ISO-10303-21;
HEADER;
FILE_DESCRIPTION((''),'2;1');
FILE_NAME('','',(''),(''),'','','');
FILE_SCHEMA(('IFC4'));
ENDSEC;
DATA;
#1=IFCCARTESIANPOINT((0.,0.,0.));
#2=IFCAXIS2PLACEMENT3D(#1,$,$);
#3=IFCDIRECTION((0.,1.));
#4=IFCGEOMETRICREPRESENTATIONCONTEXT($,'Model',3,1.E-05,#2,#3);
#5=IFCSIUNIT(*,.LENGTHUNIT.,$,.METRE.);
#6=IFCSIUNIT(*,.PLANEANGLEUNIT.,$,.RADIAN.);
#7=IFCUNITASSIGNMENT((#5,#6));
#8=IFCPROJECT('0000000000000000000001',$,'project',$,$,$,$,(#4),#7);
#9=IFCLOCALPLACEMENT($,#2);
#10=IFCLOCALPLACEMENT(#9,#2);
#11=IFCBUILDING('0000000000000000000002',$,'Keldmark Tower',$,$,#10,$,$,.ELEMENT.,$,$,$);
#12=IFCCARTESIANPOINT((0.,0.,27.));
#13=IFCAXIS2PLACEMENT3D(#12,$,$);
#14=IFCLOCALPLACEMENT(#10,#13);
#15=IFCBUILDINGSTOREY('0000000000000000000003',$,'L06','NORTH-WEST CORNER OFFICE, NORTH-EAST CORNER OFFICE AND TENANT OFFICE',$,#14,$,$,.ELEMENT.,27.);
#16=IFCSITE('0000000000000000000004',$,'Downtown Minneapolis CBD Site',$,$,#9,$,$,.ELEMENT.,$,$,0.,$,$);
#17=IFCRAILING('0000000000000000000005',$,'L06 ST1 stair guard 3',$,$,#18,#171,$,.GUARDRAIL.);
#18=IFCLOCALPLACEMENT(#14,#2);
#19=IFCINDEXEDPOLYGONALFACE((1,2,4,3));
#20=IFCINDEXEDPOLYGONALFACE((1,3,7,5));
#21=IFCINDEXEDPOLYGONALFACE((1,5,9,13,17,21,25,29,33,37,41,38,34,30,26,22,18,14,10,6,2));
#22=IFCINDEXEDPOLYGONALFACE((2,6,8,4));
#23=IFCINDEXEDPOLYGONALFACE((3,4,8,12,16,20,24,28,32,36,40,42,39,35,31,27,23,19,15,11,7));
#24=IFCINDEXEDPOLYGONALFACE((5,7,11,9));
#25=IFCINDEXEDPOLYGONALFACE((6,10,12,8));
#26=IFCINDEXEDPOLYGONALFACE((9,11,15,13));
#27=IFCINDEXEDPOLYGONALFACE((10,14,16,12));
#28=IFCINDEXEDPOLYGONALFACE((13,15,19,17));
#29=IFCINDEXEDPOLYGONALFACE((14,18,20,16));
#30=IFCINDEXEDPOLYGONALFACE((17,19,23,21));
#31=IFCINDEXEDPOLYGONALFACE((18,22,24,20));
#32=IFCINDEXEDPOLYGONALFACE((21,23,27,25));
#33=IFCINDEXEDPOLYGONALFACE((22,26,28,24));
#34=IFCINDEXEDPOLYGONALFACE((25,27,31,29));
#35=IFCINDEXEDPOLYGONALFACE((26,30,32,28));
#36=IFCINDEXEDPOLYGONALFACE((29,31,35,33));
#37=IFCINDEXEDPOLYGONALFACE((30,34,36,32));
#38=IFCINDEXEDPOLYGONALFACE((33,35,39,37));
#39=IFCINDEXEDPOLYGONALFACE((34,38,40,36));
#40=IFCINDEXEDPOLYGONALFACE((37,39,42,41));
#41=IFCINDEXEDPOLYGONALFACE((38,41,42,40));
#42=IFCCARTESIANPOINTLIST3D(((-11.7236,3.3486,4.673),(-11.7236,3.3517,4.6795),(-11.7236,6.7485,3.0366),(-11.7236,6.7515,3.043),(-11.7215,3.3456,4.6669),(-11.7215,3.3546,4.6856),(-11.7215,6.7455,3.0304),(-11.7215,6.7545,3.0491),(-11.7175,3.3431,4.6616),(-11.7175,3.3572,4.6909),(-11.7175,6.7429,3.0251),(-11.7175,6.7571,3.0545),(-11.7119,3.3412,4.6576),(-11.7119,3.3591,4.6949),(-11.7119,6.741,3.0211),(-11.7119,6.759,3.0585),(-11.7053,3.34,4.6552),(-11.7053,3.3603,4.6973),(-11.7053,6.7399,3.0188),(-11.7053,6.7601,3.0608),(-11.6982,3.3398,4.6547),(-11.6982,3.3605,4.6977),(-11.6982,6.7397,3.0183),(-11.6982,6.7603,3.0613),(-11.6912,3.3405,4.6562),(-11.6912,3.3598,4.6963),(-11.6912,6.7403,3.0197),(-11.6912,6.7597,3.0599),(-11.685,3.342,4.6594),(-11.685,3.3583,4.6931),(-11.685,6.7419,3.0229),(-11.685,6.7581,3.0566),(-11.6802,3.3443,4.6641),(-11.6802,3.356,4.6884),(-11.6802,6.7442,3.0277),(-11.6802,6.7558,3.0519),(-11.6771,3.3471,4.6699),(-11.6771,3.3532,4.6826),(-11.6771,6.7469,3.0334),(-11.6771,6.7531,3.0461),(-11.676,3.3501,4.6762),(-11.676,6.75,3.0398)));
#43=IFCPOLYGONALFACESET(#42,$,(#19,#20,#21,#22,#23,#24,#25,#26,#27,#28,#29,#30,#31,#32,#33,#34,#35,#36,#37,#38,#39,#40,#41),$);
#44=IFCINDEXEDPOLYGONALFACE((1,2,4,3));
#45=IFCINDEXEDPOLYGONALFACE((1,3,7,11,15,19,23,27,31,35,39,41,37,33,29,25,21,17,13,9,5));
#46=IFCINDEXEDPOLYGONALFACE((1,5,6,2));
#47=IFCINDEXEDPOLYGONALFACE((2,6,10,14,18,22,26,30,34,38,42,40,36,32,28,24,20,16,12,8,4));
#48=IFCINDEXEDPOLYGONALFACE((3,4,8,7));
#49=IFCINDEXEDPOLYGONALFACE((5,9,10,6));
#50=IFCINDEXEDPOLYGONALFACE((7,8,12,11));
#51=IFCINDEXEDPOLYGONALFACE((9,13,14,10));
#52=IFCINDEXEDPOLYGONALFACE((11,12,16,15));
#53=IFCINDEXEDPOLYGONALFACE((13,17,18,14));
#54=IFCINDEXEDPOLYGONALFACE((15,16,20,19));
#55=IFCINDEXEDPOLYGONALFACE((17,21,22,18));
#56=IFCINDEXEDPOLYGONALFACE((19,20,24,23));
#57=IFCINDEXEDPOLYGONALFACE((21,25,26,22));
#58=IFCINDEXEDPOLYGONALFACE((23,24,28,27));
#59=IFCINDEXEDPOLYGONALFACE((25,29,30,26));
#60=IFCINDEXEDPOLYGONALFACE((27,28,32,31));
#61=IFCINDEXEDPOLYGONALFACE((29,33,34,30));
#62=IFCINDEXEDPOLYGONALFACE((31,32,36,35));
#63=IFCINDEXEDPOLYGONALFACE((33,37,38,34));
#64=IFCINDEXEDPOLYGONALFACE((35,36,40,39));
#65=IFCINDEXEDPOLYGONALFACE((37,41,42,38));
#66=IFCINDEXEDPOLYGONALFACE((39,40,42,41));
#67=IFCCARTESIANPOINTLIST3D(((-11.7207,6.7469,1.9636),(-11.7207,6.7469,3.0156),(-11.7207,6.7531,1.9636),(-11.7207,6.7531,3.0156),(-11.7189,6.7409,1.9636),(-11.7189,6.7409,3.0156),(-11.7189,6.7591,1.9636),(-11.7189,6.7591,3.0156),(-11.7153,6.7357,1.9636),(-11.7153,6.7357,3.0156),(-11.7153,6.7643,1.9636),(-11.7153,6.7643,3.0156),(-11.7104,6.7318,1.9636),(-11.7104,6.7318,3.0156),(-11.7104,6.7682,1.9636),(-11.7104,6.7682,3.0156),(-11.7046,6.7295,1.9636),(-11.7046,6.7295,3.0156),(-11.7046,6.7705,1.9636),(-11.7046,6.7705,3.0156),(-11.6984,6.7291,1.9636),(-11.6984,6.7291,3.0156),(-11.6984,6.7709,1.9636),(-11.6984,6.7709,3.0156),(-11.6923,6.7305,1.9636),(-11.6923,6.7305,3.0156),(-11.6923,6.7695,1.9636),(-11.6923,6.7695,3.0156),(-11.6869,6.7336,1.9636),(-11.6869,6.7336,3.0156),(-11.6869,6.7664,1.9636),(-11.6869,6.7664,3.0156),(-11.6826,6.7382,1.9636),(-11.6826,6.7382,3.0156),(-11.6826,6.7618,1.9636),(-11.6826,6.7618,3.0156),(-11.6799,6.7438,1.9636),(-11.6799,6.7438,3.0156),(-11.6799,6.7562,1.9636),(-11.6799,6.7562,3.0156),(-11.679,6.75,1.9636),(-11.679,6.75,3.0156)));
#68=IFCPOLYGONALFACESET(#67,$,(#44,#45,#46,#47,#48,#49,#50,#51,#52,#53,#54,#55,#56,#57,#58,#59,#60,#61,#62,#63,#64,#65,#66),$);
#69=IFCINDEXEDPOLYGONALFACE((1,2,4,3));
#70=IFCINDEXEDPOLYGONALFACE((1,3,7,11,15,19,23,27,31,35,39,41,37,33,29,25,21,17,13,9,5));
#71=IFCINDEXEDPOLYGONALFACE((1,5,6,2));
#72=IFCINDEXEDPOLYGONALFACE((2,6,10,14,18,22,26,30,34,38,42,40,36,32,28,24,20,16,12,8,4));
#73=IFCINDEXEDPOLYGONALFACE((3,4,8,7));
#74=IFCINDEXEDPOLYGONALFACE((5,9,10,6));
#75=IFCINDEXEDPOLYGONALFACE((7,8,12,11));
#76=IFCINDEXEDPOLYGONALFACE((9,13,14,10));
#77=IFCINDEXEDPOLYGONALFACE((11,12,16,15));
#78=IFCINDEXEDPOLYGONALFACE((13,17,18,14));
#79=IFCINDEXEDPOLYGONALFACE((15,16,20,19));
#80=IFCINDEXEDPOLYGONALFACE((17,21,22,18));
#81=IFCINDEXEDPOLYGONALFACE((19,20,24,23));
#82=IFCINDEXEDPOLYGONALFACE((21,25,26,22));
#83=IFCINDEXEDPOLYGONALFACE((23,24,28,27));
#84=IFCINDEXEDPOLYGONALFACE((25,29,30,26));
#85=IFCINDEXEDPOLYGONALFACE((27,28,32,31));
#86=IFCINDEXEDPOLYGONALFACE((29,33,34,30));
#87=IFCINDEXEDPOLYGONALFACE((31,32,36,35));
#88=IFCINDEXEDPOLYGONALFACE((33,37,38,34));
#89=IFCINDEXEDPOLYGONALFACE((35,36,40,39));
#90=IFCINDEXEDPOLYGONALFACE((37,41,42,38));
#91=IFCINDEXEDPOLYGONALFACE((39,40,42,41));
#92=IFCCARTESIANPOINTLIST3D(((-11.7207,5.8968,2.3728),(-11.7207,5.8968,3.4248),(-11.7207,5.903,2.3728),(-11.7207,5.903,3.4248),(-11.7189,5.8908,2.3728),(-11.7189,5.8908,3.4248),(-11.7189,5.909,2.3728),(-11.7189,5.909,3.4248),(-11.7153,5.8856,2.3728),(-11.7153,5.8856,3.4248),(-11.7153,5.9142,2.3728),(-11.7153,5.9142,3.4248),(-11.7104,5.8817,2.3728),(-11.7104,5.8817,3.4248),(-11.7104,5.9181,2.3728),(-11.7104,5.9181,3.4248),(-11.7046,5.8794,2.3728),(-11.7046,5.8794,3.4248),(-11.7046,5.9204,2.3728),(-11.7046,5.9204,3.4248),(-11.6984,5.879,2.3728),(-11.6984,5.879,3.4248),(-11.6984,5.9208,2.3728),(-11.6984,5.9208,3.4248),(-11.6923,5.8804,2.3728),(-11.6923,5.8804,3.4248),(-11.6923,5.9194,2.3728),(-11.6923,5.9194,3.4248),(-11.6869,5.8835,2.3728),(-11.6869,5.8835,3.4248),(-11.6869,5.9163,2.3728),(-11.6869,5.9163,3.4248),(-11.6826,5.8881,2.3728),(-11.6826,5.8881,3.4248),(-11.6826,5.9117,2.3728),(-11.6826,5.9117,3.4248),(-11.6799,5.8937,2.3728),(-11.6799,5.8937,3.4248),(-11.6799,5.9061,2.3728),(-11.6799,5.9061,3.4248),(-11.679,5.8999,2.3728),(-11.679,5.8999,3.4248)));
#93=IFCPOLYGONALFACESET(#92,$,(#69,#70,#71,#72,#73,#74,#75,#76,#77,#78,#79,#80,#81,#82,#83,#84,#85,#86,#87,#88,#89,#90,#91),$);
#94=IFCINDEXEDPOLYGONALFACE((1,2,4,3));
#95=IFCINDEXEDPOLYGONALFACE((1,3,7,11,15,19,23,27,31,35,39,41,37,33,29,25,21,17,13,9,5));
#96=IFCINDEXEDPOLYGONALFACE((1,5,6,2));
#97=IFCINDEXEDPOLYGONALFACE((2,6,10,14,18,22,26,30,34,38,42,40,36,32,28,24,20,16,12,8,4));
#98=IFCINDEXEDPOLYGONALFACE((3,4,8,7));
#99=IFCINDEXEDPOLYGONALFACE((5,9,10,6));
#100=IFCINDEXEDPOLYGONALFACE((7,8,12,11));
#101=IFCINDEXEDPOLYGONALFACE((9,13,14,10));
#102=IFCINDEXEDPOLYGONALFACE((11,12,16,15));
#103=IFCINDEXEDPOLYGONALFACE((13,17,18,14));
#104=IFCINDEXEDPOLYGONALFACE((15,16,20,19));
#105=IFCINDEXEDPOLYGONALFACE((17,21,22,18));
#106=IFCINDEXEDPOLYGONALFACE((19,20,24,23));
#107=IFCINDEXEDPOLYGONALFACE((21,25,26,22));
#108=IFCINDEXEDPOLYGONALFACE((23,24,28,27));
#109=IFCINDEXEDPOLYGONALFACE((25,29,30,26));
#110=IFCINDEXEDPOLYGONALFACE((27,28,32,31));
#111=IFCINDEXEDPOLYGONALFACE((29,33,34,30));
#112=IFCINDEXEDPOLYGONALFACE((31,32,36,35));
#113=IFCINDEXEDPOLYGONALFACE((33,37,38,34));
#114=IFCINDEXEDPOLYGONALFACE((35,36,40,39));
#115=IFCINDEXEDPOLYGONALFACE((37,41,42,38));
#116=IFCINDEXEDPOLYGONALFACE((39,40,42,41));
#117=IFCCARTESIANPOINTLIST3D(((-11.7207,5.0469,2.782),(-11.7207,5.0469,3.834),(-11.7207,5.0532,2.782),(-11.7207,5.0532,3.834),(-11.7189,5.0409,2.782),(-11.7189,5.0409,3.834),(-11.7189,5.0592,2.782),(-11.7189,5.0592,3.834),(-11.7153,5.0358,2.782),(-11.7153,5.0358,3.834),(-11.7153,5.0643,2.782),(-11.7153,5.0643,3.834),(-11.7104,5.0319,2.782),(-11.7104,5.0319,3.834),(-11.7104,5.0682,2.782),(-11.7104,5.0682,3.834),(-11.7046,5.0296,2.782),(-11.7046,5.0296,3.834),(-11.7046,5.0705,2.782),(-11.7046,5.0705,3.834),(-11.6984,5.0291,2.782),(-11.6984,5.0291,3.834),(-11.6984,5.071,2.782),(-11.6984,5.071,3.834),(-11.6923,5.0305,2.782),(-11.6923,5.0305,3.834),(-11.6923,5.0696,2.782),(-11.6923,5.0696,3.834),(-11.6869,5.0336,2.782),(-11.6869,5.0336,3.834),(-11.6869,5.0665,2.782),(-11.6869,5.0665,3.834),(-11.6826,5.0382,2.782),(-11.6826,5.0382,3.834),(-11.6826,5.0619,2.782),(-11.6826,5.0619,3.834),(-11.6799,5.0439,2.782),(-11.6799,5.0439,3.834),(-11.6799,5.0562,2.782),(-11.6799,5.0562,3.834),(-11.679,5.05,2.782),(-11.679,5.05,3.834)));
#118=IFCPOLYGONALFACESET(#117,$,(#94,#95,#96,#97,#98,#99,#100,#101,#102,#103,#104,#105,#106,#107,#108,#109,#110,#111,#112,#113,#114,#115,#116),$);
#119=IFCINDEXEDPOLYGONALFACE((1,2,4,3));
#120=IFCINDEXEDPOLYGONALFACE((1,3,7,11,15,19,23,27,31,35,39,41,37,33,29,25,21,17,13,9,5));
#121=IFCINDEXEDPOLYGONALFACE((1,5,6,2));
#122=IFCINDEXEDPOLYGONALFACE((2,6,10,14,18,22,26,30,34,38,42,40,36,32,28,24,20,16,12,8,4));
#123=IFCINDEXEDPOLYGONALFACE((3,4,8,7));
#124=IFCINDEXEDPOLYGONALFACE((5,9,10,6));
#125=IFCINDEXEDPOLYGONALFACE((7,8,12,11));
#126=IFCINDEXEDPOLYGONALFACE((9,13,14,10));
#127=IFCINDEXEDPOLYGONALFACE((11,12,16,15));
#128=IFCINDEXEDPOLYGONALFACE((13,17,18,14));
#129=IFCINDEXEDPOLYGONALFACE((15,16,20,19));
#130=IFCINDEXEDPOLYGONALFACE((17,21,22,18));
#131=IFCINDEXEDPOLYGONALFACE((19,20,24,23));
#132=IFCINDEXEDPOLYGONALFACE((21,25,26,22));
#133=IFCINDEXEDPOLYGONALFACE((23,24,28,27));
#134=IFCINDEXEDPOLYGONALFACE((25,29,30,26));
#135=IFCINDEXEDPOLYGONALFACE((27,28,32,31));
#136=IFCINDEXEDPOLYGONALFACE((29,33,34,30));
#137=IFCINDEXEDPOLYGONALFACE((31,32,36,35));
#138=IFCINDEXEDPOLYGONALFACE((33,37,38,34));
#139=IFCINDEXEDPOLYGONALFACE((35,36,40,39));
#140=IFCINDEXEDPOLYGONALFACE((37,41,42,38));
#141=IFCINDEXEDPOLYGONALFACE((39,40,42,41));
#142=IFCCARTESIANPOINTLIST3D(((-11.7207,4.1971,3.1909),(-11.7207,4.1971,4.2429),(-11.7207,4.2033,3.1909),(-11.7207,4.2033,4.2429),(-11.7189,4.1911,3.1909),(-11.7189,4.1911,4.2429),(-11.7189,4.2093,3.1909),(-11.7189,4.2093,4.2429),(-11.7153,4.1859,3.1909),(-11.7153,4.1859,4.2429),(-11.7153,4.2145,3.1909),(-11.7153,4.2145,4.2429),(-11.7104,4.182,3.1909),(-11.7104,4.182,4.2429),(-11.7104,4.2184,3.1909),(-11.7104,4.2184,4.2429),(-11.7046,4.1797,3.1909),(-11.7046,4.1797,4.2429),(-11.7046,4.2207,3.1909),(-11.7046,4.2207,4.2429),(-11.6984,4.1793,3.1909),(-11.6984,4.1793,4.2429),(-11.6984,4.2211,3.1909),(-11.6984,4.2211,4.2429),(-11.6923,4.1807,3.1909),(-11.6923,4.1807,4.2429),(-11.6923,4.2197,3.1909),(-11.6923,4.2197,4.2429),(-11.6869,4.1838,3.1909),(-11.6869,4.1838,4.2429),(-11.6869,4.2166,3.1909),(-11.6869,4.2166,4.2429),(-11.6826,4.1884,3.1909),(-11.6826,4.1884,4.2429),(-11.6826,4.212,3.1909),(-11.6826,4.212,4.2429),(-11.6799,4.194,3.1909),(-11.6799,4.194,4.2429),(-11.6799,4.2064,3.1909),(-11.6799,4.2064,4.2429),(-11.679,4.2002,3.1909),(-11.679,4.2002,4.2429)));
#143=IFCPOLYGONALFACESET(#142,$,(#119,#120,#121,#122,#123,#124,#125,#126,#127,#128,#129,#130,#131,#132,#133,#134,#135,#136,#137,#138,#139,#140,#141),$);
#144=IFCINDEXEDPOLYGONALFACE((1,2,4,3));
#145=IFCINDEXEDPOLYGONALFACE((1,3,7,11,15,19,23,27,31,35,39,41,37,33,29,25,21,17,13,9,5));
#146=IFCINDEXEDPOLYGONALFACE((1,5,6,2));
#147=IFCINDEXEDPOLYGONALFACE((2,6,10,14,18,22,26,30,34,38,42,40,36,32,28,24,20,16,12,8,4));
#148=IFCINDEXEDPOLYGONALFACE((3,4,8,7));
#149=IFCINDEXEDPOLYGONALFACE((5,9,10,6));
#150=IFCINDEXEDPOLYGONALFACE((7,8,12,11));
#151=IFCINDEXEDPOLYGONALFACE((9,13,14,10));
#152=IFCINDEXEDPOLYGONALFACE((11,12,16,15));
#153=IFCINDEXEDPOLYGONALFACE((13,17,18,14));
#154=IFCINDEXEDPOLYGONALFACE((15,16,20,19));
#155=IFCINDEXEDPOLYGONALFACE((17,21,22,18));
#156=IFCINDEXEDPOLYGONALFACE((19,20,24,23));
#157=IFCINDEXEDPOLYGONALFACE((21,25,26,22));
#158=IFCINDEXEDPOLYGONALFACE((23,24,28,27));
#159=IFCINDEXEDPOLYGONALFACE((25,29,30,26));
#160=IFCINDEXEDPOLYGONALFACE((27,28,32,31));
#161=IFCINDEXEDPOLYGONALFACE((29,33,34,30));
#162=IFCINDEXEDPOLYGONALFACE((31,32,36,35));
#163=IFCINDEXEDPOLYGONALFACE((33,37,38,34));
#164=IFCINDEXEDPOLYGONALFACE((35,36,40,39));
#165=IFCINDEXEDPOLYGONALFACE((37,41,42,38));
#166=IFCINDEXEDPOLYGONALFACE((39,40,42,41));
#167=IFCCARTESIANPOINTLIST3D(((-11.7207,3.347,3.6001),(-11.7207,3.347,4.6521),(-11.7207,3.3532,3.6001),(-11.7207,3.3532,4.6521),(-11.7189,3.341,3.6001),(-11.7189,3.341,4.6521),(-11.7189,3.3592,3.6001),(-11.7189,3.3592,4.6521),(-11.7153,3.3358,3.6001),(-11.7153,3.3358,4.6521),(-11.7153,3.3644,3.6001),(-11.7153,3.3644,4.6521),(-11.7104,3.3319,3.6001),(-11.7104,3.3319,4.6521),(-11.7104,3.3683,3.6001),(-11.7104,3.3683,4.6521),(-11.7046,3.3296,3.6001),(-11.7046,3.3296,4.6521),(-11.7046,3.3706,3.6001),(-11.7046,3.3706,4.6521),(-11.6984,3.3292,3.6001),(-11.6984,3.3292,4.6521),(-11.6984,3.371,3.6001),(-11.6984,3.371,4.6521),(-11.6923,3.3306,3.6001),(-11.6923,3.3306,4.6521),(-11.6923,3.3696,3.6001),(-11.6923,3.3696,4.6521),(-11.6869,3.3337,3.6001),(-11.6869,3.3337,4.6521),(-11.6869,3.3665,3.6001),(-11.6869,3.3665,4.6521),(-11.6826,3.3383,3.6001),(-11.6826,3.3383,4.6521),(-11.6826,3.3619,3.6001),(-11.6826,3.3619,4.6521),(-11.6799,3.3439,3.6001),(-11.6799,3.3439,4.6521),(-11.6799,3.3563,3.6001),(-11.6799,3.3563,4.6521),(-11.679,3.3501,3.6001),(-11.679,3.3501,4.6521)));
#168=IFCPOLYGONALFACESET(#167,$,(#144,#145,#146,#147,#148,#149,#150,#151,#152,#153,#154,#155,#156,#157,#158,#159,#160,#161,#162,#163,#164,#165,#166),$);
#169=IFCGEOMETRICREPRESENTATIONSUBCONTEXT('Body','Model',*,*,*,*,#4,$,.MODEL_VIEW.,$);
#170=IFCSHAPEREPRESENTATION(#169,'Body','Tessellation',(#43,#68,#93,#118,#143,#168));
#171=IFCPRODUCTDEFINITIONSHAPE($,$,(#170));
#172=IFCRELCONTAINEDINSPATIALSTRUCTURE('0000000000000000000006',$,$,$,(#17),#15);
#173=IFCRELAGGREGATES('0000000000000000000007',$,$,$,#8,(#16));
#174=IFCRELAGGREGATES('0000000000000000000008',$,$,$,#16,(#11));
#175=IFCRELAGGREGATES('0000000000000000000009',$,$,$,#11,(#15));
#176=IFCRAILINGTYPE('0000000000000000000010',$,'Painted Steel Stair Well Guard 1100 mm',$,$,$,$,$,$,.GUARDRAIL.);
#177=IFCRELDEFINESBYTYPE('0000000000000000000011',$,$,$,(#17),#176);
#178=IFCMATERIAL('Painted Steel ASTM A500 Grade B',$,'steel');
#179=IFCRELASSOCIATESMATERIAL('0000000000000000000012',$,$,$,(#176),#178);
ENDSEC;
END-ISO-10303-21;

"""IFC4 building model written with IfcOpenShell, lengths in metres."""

from ifc_helpers import new_model, si_unit, direction, frame, origin, origin_2d, place, context, subcontext, project, spatial, circle, extrude, material, type_object, element, save


model = new_model("IFC4")

# Units and contexts
model_context = context("Model", 3, precision=1e-05, world=origin(), true_north=direction((0.0, 1.0)))
body_context = subcontext(model_context, "Body", "Model", "MODEL_VIEW")
ifc_project = project(units=[si_unit("LENGTHUNIT", "METRE"), si_unit("PLANEANGLEUNIT", "RADIAN")], contexts=[model_context])

# Site, building, storey
site_placement = place(None, origin())
site = spatial("IfcSite", under=ifc_project, at=site_placement, Name="Downtown Minneapolis CBD Site", CompositionType="ELEMENT", RefElevation=0.0)
building_placement = place(site_placement, origin())
building = spatial("IfcBuilding", under=site, at=building_placement, Name="Keldmark Tower", CompositionType="ELEMENT")
storey_placement = place(building_placement, frame((0.0, 0.0, 27.0)))
storey = spatial("IfcBuildingStorey", under=building, at=storey_placement, Name="L06", Description="NORTH-WEST CORNER OFFICE, NORTH-EAST CORNER OFFICE AND TENANT OFFICE", CompositionType="ELEMENT", Elevation=27.0)

# Railing
ifc_material_1 = material(Name="Painted Steel ASTM A500 Grade B", Category="steel")
railing_type_1 = type_object("IfcRailingType", Name="Painted Steel Stair Well Guard 1100 mm", PredefinedType="GUARDRAIL", material=ifc_material_1)
railing_1_placement = place(storey_placement, frame((-11.7, 6.75, 1.9636)))
element("IfcRailing", 1, at=railing_1_placement, inside=storey, type_object=railing_type_1, Name="L06 ST1 stair guard 3", PredefinedType="GUARDRAIL", context=body_context, shape_type="SweptSolid", body=[
    extrude(circle(Radius=0.0239, at=origin_2d()), frame((0.0, 0.0, 1.0762), z_axis=(0.0, -0.901055, 0.433705), x_axis=(1.0, 0.0, 0.0)), (0.0, 0.0, 1.0), 3.7732),
    extrude(circle(Radius=0.021, at=origin_2d()), origin(), (0.0, 0.0, 1.0), 1.052),
    extrude(circle(Radius=0.021, at=origin_2d()), frame((0.0, -0.8501, 0.4092)), (0.0, 0.0, 1.0), 1.052),
    extrude(circle(Radius=0.021, at=origin_2d()), frame((0.0, -1.7, 0.8184)), (0.0, 0.0, 1.0), 1.052),
    extrude(circle(Radius=0.021, at=origin_2d()), frame((0.0, -2.5498, 1.2273)), (0.0, 0.0, 1.0), 1.052),
    extrude(circle(Radius=0.021, at=origin_2d()), frame((0.0, -3.3999, 1.6365)), (0.0, 0.0, 1.0), 1.052),
])

save(model, "model.ifc")
